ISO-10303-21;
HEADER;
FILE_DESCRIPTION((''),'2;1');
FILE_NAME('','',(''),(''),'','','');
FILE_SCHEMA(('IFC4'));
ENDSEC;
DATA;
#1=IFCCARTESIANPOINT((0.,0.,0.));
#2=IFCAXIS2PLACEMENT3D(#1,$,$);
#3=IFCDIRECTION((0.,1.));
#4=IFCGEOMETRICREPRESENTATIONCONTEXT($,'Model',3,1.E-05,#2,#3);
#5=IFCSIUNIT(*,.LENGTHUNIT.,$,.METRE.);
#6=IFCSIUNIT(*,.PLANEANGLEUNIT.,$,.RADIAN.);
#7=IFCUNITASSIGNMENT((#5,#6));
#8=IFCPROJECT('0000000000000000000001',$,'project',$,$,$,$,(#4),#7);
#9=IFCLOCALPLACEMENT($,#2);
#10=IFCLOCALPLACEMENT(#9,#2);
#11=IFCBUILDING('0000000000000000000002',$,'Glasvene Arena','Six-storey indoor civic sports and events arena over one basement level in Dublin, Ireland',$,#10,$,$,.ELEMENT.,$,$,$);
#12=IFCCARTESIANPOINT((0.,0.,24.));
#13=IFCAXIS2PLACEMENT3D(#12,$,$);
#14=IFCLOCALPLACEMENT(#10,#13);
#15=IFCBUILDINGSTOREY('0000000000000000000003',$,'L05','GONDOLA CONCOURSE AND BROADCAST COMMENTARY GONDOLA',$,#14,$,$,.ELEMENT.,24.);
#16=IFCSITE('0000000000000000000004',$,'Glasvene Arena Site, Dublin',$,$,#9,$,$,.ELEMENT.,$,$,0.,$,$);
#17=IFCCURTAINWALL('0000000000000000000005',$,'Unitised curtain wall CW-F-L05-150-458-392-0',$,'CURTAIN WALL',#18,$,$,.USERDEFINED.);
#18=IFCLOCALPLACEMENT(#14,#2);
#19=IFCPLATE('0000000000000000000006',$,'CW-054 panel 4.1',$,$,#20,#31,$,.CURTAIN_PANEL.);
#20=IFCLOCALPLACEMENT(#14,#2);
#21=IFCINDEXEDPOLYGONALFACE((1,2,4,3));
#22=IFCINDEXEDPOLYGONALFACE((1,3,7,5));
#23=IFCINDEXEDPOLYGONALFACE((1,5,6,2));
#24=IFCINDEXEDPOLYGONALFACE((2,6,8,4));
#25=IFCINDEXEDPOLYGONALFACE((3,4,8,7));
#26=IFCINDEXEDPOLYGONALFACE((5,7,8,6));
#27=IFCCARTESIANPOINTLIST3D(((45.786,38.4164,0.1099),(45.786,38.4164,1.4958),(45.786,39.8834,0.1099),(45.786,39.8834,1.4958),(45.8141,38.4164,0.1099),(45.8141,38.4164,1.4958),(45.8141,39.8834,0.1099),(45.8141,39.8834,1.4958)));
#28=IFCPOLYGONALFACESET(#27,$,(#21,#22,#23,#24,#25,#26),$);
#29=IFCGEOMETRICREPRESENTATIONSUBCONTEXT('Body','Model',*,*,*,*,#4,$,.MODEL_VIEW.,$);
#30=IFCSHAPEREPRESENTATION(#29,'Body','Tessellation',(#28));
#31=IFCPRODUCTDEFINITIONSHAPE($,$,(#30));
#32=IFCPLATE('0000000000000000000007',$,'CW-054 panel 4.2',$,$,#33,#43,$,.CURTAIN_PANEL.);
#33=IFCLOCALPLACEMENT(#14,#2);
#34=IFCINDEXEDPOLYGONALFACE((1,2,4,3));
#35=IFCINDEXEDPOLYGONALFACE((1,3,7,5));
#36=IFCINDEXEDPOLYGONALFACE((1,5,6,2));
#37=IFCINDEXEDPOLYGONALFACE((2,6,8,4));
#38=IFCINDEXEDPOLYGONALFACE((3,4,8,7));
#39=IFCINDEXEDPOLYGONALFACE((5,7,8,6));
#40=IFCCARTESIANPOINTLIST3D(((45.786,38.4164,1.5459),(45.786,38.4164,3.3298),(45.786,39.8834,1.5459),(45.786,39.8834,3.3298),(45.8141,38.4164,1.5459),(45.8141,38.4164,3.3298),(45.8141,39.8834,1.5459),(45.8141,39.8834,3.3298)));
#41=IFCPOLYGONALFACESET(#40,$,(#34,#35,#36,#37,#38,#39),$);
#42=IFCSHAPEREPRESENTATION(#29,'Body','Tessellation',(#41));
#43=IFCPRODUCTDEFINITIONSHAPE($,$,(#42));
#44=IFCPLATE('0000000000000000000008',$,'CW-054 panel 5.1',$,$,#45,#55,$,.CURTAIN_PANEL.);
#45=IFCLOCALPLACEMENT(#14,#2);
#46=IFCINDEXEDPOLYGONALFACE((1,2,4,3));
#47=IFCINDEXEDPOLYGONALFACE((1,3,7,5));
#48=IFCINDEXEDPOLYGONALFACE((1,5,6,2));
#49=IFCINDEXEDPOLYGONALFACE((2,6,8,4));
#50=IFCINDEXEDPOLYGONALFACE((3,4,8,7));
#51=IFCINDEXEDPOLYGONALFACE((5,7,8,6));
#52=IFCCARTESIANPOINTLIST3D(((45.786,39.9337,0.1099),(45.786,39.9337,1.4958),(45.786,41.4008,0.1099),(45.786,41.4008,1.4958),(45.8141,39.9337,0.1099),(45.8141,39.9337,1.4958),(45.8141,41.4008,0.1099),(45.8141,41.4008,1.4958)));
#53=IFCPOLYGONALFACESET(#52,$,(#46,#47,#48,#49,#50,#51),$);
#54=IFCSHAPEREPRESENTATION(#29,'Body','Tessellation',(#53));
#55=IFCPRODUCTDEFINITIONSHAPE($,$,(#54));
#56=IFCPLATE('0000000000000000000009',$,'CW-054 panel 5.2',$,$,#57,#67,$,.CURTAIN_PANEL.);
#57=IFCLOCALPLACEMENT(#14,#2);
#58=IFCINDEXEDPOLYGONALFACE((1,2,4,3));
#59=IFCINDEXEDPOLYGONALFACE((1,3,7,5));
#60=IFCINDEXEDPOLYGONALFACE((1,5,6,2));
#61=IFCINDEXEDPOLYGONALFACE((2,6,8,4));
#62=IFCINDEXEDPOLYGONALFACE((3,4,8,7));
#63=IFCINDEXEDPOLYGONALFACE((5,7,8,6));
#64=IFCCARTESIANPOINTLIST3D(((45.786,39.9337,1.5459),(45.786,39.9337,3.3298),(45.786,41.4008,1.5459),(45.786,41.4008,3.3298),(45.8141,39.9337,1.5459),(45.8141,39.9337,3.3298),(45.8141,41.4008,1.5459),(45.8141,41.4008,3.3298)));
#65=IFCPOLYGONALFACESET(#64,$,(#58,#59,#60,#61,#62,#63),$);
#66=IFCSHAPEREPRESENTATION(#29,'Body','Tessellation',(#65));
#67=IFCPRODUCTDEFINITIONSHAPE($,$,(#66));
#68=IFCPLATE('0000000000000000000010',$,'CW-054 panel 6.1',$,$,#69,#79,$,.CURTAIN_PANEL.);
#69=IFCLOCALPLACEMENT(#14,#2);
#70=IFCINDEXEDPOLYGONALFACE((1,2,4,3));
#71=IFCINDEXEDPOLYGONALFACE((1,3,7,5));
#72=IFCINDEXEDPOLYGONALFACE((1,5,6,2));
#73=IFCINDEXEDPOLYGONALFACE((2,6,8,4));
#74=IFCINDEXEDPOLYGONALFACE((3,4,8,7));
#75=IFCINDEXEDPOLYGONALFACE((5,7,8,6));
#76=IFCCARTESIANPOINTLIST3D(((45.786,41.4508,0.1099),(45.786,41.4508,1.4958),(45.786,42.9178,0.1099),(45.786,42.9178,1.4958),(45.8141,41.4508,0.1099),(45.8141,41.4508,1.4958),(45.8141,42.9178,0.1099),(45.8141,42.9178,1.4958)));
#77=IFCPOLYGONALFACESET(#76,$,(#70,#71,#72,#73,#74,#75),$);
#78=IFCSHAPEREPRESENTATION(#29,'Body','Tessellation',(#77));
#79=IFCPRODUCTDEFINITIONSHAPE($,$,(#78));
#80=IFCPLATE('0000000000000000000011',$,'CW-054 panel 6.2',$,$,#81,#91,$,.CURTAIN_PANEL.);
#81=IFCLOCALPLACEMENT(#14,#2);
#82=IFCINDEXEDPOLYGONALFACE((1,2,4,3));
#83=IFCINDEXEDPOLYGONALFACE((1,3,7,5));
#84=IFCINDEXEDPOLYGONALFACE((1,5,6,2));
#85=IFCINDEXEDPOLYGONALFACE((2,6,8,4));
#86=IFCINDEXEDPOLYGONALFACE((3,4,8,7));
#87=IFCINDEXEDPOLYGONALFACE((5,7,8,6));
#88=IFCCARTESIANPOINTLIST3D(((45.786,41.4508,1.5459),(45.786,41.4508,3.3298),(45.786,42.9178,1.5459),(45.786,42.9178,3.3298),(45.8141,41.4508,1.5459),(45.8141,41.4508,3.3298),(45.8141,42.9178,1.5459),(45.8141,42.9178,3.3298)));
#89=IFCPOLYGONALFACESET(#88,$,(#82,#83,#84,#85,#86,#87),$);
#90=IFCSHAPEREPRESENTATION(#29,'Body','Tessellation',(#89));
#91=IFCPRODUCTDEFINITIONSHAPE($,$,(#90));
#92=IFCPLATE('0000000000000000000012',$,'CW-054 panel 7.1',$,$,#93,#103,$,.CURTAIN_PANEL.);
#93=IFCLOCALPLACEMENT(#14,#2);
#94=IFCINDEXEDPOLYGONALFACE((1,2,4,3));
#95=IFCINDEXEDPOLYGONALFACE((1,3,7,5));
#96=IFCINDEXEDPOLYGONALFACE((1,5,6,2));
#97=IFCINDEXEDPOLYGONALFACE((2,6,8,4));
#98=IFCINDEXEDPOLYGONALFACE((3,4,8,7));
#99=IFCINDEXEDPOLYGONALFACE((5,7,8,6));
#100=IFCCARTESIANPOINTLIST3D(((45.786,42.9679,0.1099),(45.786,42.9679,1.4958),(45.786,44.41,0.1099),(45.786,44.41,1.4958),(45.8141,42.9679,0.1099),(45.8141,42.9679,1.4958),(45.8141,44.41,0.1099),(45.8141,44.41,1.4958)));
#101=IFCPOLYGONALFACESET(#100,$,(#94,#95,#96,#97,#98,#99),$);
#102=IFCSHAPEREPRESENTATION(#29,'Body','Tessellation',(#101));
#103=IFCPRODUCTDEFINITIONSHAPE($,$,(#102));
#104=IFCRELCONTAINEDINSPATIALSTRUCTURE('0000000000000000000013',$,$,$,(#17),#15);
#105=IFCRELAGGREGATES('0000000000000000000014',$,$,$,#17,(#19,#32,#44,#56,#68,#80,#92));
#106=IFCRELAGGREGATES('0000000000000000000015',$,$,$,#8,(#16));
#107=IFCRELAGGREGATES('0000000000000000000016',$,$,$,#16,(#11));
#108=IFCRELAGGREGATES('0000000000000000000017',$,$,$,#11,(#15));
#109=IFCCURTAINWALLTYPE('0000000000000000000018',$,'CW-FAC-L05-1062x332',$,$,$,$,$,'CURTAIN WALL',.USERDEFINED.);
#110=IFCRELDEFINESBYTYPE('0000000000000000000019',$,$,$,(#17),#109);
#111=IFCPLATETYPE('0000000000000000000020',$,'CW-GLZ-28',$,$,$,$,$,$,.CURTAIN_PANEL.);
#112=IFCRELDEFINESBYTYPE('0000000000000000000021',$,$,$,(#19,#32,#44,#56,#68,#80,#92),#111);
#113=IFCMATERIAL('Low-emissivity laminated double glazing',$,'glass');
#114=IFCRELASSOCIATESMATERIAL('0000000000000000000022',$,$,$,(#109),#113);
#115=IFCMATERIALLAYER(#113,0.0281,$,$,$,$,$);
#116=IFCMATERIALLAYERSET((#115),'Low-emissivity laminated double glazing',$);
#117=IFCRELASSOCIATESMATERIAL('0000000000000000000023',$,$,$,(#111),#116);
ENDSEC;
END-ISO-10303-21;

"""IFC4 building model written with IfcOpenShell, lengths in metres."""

from ifc_helpers import new_model, si_unit, direction, frame, origin, origin_2d, place, context, subcontext, project, spatial, rectangle, extrude, material, layer, layer_set, type_object, element, aggregate, save


model = new_model("IFC4")

# Units and contexts
model_context = context("Model", 3, precision=1e-05, world=origin(), true_north=direction((0.0, 1.0)))
body_context = subcontext(model_context, "Body", "Model", "MODEL_VIEW")
ifc_project = project(units=[si_unit("LENGTHUNIT", "METRE"), si_unit("PLANEANGLEUNIT", "RADIAN")], contexts=[model_context])

# Site, building, storey
site_placement = place(None, origin())
site = spatial("IfcSite", under=ifc_project, at=site_placement, Name="Glasvene Arena Site, Dublin", CompositionType="ELEMENT", RefElevation=0.0)
building_placement = place(site_placement, origin())
building = spatial("IfcBuilding", under=site, at=building_placement, Name="Glasvene Arena", Description="Six-storey indoor civic sports and events arena over one basement level in Dublin, Ireland", CompositionType="ELEMENT")
storey_placement = place(building_placement, frame((0.0, 0.0, 24.0)))
storey = spatial("IfcBuildingStorey", under=building, at=storey_placement, Name="L05", Description="GONDOLA CONCOURSE AND BROADCAST COMMENTARY GONDOLA", CompositionType="ELEMENT", Elevation=24.0)

# Curtain wall, plates
ifc_material_1 = material(Name="Low-emissivity laminated double glazing", Category="glass")
curtain_wall_type = type_object("IfcCurtainWallType", Name="CW-FAC-L05-1062x332", ElementType="CURTAIN WALL", PredefinedType="USERDEFINED", material=ifc_material_1)
curtain_wall_placement = place(storey_placement, frame((45.8, 33.8401, 0.0)))
curtain_wall = element("IfcCurtainWall", 1, at=curtain_wall_placement, inside=storey, type_object=curtain_wall_type, Name="Unitised curtain wall CW-F-L05-150-458-392-0", ObjectType="CURTAIN WALL", PredefinedType="USERDEFINED")
ifc_layer = layer(ifc_material_1, 0.0281)
ifc_layer_set = layer_set([ifc_layer], Name="Low-emissivity laminated double glazing")
plate_type = type_object("IfcPlateType", Name="CW-GLZ-28", PredefinedType="CURTAIN_PANEL", material=ifc_layer_set)
plate_1_placement = place(storey_placement, frame((45.8, 39.1499, 0.1099), z_axis=(0.0, 0.0, 1.0), x_axis=(0.0, 1.0, 0.0)))
plate_1 = element("IfcPlate", 2, at=plate_1_placement, type_object=plate_type, Name="CW-054 panel 4.1", PredefinedType="CURTAIN_PANEL", context=body_context, shape_type="SweptSolid", body=[
    extrude(rectangle(XDim=1.467, YDim=0.0281, at=origin_2d()), origin(), (0.0, 0.0, 1.0), 1.386),
])
plate_2_placement = place(storey_placement, frame((45.8, 39.1499, 1.5459), z_axis=(0.0, 0.0, 1.0), x_axis=(0.0, 1.0, 0.0)))
plate_2 = element("IfcPlate", 3, at=plate_2_placement, type_object=plate_type, Name="CW-054 panel 4.2", PredefinedType="CURTAIN_PANEL", context=body_context, shape_type="SweptSolid", body=[
    extrude(rectangle(XDim=1.467, YDim=0.0281, at=origin_2d()), origin(), (0.0, 0.0, 1.0), 1.7839),
])
plate_3_placement = place(storey_placement, frame((45.8, 40.6672, 0.1099), z_axis=(0.0, 0.0, 1.0), x_axis=(0.0, 1.0, 0.0)))
plate_3 = element("IfcPlate", 4, at=plate_3_placement, type_object=plate_type, Name="CW-054 panel 5.1", PredefinedType="CURTAIN_PANEL", context=body_context, shape_type="SweptSolid", body=[
    extrude(rectangle(XDim=1.467, YDim=0.0281, at=origin_2d()), origin(), (0.0, 0.0, 1.0), 1.386),
])
plate_4_placement = place(storey_placement, frame((45.8, 40.6672, 1.5459), z_axis=(0.0, 0.0, 1.0), x_axis=(0.0, 1.0, 0.0)))
plate_4 = element("IfcPlate", 5, at=plate_4_placement, type_object=plate_type, Name="CW-054 panel 5.2", PredefinedType="CURTAIN_PANEL", context=body_context, shape_type="SweptSolid", body=[
    extrude(rectangle(XDim=1.467, YDim=0.0281, at=origin_2d()), origin(), (0.0, 0.0, 1.0), 1.7839),
])
plate_5_placement = place(storey_placement, frame((45.8, 42.1843, 0.1099), z_axis=(0.0, 0.0, 1.0), x_axis=(0.0, 1.0, 0.0)))
plate_5 = element("IfcPlate", 6, at=plate_5_placement, type_object=plate_type, Name="CW-054 panel 6.1", PredefinedType="CURTAIN_PANEL", context=body_context, shape_type="SweptSolid", body=[
    extrude(rectangle(XDim=1.467, YDim=0.0281, at=origin_2d()), origin(), (0.0, 0.0, 1.0), 1.386),
])
plate_6_placement = place(storey_placement, frame((45.8, 42.1843, 1.5459), z_axis=(0.0, 0.0, 1.0), x_axis=(0.0, 1.0, 0.0)))
plate_6 = element("IfcPlate", 7, at=plate_6_placement, type_object=plate_type, Name="CW-054 panel 6.2", PredefinedType="CURTAIN_PANEL", context=body_context, shape_type="SweptSolid", body=[
    extrude(rectangle(XDim=1.467, YDim=0.0281, at=origin_2d()), origin(), (0.0, 0.0, 1.0), 1.7839),
])
plate_7_placement = place(storey_placement, frame((45.8, 43.689, 0.1099), z_axis=(0.0, 0.0, 1.0), x_axis=(0.0, 1.0, 0.0)))
plate_7 = element("IfcPlate", 8, at=plate_7_placement, type_object=plate_type, Name="CW-054 panel 7.1", PredefinedType="CURTAIN_PANEL", context=body_context, shape_type="SweptSolid", body=[
    extrude(rectangle(XDim=1.4421, YDim=0.0281, at=origin_2d()), origin(), (0.0, 0.0, 1.0), 1.386),
])
aggregate(curtain_wall, [plate_1, plate_2, plate_3, plate_4, plate_5, plate_6, plate_7])

save(model, "model.ifc")
